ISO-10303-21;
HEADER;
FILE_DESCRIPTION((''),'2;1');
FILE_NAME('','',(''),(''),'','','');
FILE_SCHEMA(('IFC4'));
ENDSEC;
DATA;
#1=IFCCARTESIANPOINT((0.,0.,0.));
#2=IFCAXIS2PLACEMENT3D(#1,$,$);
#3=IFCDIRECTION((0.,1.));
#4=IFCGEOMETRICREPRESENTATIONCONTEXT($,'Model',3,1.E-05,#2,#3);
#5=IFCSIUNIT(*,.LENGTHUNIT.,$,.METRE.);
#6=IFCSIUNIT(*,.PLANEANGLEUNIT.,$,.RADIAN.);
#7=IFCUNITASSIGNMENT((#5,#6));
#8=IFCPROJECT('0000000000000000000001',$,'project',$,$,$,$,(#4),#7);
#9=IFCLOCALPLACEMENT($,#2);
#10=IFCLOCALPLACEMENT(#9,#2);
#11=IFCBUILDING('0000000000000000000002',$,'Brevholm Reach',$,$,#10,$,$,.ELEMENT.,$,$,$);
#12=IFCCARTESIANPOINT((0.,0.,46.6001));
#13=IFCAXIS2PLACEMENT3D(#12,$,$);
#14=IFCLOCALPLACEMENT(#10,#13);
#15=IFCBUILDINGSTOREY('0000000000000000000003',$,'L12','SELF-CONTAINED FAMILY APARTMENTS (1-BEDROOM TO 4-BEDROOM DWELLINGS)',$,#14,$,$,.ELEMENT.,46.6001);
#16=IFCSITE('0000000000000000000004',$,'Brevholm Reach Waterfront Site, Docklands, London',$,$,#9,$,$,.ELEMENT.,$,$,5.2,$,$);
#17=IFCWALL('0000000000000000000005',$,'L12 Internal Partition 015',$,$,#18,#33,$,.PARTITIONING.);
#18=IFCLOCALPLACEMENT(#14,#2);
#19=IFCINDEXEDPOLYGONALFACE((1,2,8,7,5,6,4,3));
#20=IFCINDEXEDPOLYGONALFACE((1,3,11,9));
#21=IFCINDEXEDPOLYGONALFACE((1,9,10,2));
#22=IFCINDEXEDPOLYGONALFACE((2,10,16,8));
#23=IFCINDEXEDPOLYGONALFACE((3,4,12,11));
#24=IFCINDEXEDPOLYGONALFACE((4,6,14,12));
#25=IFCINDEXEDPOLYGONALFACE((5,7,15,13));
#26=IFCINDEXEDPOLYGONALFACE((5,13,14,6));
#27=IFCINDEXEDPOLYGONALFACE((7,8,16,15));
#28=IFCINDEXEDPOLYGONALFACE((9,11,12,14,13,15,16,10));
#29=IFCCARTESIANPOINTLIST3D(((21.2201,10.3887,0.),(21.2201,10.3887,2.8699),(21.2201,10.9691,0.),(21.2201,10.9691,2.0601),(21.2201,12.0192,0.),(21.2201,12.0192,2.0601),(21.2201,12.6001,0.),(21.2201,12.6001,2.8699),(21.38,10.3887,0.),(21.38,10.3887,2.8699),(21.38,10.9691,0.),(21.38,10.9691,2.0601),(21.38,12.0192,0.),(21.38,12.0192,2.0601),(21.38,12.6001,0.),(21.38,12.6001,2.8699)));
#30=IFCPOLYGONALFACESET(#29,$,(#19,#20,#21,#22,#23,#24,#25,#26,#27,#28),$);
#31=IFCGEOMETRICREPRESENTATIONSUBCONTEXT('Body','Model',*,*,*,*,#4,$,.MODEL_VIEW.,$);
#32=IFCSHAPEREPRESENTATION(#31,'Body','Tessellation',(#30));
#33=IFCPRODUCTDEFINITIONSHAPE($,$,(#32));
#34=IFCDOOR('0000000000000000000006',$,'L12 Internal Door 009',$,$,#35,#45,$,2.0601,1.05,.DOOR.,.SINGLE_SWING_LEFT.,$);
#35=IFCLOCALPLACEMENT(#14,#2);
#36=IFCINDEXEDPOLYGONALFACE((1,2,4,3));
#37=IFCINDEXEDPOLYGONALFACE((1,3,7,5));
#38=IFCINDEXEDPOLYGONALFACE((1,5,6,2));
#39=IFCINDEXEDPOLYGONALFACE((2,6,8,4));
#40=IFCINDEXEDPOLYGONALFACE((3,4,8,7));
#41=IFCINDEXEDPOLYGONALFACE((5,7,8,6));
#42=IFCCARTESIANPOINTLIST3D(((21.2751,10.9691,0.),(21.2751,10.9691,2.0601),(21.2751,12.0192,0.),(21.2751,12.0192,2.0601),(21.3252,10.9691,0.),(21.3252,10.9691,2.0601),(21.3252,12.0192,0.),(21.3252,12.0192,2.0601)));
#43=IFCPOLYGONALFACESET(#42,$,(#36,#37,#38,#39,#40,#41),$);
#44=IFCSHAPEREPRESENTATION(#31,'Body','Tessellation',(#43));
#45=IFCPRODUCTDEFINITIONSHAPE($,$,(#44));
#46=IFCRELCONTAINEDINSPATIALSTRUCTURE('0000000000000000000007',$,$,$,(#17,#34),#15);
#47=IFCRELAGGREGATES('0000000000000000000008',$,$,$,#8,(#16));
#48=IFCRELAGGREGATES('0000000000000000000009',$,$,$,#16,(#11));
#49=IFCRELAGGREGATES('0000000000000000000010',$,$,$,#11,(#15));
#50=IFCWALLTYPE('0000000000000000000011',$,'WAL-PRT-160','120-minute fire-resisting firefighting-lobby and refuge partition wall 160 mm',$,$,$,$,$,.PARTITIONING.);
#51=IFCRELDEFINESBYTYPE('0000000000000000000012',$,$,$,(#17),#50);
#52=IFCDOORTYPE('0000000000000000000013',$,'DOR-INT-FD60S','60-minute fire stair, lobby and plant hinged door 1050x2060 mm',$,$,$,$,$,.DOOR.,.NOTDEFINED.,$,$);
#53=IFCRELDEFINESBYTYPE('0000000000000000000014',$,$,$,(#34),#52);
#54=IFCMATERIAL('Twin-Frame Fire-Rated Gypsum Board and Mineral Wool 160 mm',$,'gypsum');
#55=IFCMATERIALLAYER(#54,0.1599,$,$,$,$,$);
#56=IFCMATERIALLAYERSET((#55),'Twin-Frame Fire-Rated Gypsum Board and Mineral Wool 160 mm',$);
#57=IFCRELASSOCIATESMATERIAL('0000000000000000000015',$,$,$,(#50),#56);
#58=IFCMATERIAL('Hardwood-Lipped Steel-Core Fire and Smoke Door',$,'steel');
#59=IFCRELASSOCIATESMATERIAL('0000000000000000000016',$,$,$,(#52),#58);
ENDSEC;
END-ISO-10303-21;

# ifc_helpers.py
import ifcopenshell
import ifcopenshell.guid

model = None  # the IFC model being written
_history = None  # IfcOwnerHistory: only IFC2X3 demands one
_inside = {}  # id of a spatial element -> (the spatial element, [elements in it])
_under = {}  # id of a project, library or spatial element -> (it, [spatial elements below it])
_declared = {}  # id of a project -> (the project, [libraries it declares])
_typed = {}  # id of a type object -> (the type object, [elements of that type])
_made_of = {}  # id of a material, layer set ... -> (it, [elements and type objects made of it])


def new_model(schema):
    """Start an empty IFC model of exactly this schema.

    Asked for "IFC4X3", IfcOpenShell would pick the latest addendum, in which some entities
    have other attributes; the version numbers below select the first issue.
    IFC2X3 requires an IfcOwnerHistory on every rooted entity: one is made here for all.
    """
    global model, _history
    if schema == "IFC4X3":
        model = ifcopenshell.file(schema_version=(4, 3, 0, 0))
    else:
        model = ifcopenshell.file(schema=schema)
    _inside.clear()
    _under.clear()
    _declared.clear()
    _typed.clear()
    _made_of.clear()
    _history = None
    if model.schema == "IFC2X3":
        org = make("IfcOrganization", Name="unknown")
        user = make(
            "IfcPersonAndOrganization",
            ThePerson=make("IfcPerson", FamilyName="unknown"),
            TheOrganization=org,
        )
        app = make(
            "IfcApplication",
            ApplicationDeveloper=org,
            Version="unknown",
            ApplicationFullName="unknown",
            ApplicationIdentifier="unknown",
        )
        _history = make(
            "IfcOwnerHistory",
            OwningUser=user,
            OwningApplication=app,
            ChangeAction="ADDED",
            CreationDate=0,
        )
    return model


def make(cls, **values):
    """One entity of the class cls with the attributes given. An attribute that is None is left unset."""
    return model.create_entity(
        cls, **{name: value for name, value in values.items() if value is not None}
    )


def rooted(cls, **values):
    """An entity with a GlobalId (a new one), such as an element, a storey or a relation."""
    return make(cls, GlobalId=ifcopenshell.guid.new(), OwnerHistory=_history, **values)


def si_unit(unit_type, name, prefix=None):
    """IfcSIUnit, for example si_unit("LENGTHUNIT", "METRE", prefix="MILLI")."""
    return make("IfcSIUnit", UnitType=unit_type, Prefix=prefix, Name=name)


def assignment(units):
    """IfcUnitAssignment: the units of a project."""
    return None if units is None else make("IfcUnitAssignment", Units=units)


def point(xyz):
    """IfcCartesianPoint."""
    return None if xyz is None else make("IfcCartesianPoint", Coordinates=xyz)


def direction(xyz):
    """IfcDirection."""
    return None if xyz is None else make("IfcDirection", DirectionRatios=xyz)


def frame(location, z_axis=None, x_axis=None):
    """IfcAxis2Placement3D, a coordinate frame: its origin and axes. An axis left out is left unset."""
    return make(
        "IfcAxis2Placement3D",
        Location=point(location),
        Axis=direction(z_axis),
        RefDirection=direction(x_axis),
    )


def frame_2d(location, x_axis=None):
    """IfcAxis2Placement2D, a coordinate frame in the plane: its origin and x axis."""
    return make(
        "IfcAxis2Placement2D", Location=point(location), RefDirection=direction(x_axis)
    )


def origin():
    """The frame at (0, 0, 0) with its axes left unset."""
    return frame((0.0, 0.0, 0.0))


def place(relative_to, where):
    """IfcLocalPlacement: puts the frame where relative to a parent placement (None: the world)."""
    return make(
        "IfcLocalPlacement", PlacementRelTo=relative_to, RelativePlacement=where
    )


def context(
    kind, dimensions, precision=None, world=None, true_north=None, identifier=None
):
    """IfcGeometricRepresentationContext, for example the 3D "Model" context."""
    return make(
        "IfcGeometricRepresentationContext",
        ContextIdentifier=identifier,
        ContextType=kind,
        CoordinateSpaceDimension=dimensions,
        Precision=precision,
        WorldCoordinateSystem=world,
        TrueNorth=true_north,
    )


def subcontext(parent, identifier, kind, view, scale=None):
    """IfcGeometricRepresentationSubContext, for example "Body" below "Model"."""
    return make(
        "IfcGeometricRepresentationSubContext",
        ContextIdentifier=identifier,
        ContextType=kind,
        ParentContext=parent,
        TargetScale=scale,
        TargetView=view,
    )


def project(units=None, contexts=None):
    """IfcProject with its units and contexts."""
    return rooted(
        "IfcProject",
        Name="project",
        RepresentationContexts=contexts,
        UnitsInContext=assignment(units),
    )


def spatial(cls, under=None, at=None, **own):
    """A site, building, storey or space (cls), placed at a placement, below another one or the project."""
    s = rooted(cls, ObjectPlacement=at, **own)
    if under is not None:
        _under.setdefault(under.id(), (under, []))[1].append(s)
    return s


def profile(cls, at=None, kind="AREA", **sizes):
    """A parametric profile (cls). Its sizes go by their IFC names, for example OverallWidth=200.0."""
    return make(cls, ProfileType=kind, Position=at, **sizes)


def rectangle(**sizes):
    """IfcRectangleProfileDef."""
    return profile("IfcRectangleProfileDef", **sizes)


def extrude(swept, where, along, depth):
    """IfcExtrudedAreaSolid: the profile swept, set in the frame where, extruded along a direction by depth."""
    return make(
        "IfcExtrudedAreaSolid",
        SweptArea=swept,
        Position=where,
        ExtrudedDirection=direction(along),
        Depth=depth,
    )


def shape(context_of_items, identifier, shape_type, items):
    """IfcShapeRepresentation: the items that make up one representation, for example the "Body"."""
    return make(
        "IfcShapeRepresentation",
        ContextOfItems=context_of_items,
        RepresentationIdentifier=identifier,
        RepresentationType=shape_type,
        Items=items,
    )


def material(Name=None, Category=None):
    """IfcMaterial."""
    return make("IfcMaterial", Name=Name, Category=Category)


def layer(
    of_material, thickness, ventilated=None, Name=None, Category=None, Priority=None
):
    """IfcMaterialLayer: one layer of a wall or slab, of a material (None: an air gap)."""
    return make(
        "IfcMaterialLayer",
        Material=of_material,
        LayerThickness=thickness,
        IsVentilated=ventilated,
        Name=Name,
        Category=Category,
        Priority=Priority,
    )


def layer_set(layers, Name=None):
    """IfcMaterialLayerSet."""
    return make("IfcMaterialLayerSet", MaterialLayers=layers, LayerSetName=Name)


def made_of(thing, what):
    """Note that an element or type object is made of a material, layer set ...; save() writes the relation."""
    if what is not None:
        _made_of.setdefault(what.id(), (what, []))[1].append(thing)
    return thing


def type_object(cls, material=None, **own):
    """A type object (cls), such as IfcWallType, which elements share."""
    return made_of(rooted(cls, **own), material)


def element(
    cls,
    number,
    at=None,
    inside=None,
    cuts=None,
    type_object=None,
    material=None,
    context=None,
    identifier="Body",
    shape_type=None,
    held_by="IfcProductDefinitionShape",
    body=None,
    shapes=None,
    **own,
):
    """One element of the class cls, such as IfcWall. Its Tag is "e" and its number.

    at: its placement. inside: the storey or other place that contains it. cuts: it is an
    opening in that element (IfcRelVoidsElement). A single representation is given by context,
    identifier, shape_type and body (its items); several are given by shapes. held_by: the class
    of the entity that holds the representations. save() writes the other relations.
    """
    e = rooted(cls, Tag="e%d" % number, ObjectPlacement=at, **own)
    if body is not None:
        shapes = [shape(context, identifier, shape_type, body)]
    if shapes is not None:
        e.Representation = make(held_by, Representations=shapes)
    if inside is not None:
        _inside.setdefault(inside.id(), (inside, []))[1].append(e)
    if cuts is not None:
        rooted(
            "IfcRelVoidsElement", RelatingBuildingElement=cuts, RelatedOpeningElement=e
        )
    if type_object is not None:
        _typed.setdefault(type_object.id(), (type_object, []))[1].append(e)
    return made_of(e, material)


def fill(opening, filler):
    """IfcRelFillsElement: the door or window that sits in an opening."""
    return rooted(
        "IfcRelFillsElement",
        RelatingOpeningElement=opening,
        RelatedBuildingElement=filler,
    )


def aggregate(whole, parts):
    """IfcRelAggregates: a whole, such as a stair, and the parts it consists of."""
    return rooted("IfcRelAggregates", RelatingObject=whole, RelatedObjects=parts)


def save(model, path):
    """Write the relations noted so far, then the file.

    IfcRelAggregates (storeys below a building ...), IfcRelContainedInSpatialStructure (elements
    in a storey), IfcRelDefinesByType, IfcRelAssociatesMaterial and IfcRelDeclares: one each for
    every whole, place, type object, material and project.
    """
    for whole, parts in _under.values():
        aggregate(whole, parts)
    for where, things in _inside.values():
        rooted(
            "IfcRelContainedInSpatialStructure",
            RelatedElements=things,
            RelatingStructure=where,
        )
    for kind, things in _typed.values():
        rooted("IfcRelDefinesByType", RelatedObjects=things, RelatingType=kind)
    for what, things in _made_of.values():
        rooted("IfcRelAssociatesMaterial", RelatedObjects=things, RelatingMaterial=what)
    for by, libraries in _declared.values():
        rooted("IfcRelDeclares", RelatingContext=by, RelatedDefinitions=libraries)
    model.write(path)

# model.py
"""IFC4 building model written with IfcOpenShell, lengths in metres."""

from ifc_helpers import new_model, si_unit, direction, frame, frame_2d, origin, place, context, subcontext, project, spatial, rectangle, extrude, material, layer, layer_set, type_object, element, fill, save


model = new_model("IFC4")

# Units and contexts
model_context = context("Model", 3, precision=1e-05, world=origin(), true_north=direction((0.0, 1.0)))
body_context = subcontext(model_context, "Body", "Model", "MODEL_VIEW")
ifc_project = project(units=[si_unit("LENGTHUNIT", "METRE"), si_unit("PLANEANGLEUNIT", "RADIAN")], contexts=[model_context])

# Site, building, storey
site_placement = place(None, origin())
site = spatial("IfcSite", under=ifc_project, at=site_placement, Name="Brevholm Reach Waterfront Site, Docklands, London", CompositionType="ELEMENT", RefElevation=5.2)
building_placement = place(site_placement, origin())
building = spatial("IfcBuilding", under=site, at=building_placement, Name="Brevholm Reach", CompositionType="ELEMENT")
storey_placement = place(building_placement, frame((0.0, 0.0, 46.6001)))
storey = spatial("IfcBuildingStorey", under=building, at=storey_placement, Name="L12", Description="SELF-CONTAINED FAMILY APARTMENTS (1-BEDROOM TO 4-BEDROOM DWELLINGS)", CompositionType="ELEMENT", Elevation=46.6001)

# Wall, opening, door
ifc_material_1 = material(Name="Twin-Frame Fire-Rated Gypsum Board and Mineral Wool 160 mm", Category="gypsum")
ifc_layer_1 = layer(ifc_material_1, 0.1599)
ifc_layer_set_1 = layer_set([ifc_layer_1], Name="Twin-Frame Fire-Rated Gypsum Board and Mineral Wool 160 mm")
wall_type_1 = type_object("IfcWallType", Name="WAL-PRT-160", Description="120-minute fire-resisting firefighting-lobby and refuge partition wall 160 mm", PredefinedType="PARTITIONING", material=ifc_layer_set_1)
wall_1_placement = place(storey_placement, frame((21.3, 10.3887, 0.0), z_axis=(0.0, 0.0, 1.0), x_axis=(0.0, 1.0, 0.0)))
wall_1 = element("IfcWall", 1, at=wall_1_placement, inside=storey, type_object=wall_type_1, Name="L12 Internal Partition 015", PredefinedType="PARTITIONING", context=body_context, shape_type="SweptSolid", body=[
    extrude(rectangle(XDim=2.2114, YDim=0.1599, at=frame_2d((1.1057, 0.0))), origin(), (0.0, 0.0, 1.0), 2.8699),
])
opening_1_placement = place(wall_1_placement, frame((0.5806, 0.0, 0.0)))
opening_1 = element("IfcOpeningElement", 2, at=opening_1_placement, cuts=wall_1, PredefinedType="OPENING", context=body_context, shape_type="SweptSolid", body=[
    extrude(rectangle(XDim=1.05, YDim=2.0601, at=frame_2d((0.5249, 1.03))), frame((0.0, 0.0898, 0.0), z_axis=(0.0, -1.0, 0.0), x_axis=(1.0, 0.0, 0.0)), (0.0, 0.0, 1.0), 0.1799),
])
ifc_material_2 = material(Name="Hardwood-Lipped Steel-Core Fire and Smoke Door", Category="steel")
door_type_1 = type_object("IfcDoorType", Name="DOR-INT-FD60S", Description="60-minute fire stair, lobby and plant hinged door 1050x2060 mm", OperationType="NOTDEFINED", PredefinedType="DOOR", material=ifc_material_2)
door_1_placement = place(opening_1_placement, origin())
door_1 = element("IfcDoor", 3, at=door_1_placement, inside=storey, type_object=door_type_1, Name="L12 Internal Door 009", OperationType="SINGLE_SWING_LEFT", OverallHeight=2.0601, OverallWidth=1.05, PredefinedType="DOOR", context=body_context, shape_type="SweptSolid", body=[
    extrude(rectangle(XDim=1.05, YDim=2.0601, at=frame_2d((0.5249, 1.03))), frame((0.0, 0.0249, 0.0), z_axis=(0.0, -1.0, 0.0), x_axis=(1.0, 0.0, 0.0)), (0.0, 0.0, 1.0), 0.05),
])
fill(opening_1, door_1)

save(model, "model.ifc")
